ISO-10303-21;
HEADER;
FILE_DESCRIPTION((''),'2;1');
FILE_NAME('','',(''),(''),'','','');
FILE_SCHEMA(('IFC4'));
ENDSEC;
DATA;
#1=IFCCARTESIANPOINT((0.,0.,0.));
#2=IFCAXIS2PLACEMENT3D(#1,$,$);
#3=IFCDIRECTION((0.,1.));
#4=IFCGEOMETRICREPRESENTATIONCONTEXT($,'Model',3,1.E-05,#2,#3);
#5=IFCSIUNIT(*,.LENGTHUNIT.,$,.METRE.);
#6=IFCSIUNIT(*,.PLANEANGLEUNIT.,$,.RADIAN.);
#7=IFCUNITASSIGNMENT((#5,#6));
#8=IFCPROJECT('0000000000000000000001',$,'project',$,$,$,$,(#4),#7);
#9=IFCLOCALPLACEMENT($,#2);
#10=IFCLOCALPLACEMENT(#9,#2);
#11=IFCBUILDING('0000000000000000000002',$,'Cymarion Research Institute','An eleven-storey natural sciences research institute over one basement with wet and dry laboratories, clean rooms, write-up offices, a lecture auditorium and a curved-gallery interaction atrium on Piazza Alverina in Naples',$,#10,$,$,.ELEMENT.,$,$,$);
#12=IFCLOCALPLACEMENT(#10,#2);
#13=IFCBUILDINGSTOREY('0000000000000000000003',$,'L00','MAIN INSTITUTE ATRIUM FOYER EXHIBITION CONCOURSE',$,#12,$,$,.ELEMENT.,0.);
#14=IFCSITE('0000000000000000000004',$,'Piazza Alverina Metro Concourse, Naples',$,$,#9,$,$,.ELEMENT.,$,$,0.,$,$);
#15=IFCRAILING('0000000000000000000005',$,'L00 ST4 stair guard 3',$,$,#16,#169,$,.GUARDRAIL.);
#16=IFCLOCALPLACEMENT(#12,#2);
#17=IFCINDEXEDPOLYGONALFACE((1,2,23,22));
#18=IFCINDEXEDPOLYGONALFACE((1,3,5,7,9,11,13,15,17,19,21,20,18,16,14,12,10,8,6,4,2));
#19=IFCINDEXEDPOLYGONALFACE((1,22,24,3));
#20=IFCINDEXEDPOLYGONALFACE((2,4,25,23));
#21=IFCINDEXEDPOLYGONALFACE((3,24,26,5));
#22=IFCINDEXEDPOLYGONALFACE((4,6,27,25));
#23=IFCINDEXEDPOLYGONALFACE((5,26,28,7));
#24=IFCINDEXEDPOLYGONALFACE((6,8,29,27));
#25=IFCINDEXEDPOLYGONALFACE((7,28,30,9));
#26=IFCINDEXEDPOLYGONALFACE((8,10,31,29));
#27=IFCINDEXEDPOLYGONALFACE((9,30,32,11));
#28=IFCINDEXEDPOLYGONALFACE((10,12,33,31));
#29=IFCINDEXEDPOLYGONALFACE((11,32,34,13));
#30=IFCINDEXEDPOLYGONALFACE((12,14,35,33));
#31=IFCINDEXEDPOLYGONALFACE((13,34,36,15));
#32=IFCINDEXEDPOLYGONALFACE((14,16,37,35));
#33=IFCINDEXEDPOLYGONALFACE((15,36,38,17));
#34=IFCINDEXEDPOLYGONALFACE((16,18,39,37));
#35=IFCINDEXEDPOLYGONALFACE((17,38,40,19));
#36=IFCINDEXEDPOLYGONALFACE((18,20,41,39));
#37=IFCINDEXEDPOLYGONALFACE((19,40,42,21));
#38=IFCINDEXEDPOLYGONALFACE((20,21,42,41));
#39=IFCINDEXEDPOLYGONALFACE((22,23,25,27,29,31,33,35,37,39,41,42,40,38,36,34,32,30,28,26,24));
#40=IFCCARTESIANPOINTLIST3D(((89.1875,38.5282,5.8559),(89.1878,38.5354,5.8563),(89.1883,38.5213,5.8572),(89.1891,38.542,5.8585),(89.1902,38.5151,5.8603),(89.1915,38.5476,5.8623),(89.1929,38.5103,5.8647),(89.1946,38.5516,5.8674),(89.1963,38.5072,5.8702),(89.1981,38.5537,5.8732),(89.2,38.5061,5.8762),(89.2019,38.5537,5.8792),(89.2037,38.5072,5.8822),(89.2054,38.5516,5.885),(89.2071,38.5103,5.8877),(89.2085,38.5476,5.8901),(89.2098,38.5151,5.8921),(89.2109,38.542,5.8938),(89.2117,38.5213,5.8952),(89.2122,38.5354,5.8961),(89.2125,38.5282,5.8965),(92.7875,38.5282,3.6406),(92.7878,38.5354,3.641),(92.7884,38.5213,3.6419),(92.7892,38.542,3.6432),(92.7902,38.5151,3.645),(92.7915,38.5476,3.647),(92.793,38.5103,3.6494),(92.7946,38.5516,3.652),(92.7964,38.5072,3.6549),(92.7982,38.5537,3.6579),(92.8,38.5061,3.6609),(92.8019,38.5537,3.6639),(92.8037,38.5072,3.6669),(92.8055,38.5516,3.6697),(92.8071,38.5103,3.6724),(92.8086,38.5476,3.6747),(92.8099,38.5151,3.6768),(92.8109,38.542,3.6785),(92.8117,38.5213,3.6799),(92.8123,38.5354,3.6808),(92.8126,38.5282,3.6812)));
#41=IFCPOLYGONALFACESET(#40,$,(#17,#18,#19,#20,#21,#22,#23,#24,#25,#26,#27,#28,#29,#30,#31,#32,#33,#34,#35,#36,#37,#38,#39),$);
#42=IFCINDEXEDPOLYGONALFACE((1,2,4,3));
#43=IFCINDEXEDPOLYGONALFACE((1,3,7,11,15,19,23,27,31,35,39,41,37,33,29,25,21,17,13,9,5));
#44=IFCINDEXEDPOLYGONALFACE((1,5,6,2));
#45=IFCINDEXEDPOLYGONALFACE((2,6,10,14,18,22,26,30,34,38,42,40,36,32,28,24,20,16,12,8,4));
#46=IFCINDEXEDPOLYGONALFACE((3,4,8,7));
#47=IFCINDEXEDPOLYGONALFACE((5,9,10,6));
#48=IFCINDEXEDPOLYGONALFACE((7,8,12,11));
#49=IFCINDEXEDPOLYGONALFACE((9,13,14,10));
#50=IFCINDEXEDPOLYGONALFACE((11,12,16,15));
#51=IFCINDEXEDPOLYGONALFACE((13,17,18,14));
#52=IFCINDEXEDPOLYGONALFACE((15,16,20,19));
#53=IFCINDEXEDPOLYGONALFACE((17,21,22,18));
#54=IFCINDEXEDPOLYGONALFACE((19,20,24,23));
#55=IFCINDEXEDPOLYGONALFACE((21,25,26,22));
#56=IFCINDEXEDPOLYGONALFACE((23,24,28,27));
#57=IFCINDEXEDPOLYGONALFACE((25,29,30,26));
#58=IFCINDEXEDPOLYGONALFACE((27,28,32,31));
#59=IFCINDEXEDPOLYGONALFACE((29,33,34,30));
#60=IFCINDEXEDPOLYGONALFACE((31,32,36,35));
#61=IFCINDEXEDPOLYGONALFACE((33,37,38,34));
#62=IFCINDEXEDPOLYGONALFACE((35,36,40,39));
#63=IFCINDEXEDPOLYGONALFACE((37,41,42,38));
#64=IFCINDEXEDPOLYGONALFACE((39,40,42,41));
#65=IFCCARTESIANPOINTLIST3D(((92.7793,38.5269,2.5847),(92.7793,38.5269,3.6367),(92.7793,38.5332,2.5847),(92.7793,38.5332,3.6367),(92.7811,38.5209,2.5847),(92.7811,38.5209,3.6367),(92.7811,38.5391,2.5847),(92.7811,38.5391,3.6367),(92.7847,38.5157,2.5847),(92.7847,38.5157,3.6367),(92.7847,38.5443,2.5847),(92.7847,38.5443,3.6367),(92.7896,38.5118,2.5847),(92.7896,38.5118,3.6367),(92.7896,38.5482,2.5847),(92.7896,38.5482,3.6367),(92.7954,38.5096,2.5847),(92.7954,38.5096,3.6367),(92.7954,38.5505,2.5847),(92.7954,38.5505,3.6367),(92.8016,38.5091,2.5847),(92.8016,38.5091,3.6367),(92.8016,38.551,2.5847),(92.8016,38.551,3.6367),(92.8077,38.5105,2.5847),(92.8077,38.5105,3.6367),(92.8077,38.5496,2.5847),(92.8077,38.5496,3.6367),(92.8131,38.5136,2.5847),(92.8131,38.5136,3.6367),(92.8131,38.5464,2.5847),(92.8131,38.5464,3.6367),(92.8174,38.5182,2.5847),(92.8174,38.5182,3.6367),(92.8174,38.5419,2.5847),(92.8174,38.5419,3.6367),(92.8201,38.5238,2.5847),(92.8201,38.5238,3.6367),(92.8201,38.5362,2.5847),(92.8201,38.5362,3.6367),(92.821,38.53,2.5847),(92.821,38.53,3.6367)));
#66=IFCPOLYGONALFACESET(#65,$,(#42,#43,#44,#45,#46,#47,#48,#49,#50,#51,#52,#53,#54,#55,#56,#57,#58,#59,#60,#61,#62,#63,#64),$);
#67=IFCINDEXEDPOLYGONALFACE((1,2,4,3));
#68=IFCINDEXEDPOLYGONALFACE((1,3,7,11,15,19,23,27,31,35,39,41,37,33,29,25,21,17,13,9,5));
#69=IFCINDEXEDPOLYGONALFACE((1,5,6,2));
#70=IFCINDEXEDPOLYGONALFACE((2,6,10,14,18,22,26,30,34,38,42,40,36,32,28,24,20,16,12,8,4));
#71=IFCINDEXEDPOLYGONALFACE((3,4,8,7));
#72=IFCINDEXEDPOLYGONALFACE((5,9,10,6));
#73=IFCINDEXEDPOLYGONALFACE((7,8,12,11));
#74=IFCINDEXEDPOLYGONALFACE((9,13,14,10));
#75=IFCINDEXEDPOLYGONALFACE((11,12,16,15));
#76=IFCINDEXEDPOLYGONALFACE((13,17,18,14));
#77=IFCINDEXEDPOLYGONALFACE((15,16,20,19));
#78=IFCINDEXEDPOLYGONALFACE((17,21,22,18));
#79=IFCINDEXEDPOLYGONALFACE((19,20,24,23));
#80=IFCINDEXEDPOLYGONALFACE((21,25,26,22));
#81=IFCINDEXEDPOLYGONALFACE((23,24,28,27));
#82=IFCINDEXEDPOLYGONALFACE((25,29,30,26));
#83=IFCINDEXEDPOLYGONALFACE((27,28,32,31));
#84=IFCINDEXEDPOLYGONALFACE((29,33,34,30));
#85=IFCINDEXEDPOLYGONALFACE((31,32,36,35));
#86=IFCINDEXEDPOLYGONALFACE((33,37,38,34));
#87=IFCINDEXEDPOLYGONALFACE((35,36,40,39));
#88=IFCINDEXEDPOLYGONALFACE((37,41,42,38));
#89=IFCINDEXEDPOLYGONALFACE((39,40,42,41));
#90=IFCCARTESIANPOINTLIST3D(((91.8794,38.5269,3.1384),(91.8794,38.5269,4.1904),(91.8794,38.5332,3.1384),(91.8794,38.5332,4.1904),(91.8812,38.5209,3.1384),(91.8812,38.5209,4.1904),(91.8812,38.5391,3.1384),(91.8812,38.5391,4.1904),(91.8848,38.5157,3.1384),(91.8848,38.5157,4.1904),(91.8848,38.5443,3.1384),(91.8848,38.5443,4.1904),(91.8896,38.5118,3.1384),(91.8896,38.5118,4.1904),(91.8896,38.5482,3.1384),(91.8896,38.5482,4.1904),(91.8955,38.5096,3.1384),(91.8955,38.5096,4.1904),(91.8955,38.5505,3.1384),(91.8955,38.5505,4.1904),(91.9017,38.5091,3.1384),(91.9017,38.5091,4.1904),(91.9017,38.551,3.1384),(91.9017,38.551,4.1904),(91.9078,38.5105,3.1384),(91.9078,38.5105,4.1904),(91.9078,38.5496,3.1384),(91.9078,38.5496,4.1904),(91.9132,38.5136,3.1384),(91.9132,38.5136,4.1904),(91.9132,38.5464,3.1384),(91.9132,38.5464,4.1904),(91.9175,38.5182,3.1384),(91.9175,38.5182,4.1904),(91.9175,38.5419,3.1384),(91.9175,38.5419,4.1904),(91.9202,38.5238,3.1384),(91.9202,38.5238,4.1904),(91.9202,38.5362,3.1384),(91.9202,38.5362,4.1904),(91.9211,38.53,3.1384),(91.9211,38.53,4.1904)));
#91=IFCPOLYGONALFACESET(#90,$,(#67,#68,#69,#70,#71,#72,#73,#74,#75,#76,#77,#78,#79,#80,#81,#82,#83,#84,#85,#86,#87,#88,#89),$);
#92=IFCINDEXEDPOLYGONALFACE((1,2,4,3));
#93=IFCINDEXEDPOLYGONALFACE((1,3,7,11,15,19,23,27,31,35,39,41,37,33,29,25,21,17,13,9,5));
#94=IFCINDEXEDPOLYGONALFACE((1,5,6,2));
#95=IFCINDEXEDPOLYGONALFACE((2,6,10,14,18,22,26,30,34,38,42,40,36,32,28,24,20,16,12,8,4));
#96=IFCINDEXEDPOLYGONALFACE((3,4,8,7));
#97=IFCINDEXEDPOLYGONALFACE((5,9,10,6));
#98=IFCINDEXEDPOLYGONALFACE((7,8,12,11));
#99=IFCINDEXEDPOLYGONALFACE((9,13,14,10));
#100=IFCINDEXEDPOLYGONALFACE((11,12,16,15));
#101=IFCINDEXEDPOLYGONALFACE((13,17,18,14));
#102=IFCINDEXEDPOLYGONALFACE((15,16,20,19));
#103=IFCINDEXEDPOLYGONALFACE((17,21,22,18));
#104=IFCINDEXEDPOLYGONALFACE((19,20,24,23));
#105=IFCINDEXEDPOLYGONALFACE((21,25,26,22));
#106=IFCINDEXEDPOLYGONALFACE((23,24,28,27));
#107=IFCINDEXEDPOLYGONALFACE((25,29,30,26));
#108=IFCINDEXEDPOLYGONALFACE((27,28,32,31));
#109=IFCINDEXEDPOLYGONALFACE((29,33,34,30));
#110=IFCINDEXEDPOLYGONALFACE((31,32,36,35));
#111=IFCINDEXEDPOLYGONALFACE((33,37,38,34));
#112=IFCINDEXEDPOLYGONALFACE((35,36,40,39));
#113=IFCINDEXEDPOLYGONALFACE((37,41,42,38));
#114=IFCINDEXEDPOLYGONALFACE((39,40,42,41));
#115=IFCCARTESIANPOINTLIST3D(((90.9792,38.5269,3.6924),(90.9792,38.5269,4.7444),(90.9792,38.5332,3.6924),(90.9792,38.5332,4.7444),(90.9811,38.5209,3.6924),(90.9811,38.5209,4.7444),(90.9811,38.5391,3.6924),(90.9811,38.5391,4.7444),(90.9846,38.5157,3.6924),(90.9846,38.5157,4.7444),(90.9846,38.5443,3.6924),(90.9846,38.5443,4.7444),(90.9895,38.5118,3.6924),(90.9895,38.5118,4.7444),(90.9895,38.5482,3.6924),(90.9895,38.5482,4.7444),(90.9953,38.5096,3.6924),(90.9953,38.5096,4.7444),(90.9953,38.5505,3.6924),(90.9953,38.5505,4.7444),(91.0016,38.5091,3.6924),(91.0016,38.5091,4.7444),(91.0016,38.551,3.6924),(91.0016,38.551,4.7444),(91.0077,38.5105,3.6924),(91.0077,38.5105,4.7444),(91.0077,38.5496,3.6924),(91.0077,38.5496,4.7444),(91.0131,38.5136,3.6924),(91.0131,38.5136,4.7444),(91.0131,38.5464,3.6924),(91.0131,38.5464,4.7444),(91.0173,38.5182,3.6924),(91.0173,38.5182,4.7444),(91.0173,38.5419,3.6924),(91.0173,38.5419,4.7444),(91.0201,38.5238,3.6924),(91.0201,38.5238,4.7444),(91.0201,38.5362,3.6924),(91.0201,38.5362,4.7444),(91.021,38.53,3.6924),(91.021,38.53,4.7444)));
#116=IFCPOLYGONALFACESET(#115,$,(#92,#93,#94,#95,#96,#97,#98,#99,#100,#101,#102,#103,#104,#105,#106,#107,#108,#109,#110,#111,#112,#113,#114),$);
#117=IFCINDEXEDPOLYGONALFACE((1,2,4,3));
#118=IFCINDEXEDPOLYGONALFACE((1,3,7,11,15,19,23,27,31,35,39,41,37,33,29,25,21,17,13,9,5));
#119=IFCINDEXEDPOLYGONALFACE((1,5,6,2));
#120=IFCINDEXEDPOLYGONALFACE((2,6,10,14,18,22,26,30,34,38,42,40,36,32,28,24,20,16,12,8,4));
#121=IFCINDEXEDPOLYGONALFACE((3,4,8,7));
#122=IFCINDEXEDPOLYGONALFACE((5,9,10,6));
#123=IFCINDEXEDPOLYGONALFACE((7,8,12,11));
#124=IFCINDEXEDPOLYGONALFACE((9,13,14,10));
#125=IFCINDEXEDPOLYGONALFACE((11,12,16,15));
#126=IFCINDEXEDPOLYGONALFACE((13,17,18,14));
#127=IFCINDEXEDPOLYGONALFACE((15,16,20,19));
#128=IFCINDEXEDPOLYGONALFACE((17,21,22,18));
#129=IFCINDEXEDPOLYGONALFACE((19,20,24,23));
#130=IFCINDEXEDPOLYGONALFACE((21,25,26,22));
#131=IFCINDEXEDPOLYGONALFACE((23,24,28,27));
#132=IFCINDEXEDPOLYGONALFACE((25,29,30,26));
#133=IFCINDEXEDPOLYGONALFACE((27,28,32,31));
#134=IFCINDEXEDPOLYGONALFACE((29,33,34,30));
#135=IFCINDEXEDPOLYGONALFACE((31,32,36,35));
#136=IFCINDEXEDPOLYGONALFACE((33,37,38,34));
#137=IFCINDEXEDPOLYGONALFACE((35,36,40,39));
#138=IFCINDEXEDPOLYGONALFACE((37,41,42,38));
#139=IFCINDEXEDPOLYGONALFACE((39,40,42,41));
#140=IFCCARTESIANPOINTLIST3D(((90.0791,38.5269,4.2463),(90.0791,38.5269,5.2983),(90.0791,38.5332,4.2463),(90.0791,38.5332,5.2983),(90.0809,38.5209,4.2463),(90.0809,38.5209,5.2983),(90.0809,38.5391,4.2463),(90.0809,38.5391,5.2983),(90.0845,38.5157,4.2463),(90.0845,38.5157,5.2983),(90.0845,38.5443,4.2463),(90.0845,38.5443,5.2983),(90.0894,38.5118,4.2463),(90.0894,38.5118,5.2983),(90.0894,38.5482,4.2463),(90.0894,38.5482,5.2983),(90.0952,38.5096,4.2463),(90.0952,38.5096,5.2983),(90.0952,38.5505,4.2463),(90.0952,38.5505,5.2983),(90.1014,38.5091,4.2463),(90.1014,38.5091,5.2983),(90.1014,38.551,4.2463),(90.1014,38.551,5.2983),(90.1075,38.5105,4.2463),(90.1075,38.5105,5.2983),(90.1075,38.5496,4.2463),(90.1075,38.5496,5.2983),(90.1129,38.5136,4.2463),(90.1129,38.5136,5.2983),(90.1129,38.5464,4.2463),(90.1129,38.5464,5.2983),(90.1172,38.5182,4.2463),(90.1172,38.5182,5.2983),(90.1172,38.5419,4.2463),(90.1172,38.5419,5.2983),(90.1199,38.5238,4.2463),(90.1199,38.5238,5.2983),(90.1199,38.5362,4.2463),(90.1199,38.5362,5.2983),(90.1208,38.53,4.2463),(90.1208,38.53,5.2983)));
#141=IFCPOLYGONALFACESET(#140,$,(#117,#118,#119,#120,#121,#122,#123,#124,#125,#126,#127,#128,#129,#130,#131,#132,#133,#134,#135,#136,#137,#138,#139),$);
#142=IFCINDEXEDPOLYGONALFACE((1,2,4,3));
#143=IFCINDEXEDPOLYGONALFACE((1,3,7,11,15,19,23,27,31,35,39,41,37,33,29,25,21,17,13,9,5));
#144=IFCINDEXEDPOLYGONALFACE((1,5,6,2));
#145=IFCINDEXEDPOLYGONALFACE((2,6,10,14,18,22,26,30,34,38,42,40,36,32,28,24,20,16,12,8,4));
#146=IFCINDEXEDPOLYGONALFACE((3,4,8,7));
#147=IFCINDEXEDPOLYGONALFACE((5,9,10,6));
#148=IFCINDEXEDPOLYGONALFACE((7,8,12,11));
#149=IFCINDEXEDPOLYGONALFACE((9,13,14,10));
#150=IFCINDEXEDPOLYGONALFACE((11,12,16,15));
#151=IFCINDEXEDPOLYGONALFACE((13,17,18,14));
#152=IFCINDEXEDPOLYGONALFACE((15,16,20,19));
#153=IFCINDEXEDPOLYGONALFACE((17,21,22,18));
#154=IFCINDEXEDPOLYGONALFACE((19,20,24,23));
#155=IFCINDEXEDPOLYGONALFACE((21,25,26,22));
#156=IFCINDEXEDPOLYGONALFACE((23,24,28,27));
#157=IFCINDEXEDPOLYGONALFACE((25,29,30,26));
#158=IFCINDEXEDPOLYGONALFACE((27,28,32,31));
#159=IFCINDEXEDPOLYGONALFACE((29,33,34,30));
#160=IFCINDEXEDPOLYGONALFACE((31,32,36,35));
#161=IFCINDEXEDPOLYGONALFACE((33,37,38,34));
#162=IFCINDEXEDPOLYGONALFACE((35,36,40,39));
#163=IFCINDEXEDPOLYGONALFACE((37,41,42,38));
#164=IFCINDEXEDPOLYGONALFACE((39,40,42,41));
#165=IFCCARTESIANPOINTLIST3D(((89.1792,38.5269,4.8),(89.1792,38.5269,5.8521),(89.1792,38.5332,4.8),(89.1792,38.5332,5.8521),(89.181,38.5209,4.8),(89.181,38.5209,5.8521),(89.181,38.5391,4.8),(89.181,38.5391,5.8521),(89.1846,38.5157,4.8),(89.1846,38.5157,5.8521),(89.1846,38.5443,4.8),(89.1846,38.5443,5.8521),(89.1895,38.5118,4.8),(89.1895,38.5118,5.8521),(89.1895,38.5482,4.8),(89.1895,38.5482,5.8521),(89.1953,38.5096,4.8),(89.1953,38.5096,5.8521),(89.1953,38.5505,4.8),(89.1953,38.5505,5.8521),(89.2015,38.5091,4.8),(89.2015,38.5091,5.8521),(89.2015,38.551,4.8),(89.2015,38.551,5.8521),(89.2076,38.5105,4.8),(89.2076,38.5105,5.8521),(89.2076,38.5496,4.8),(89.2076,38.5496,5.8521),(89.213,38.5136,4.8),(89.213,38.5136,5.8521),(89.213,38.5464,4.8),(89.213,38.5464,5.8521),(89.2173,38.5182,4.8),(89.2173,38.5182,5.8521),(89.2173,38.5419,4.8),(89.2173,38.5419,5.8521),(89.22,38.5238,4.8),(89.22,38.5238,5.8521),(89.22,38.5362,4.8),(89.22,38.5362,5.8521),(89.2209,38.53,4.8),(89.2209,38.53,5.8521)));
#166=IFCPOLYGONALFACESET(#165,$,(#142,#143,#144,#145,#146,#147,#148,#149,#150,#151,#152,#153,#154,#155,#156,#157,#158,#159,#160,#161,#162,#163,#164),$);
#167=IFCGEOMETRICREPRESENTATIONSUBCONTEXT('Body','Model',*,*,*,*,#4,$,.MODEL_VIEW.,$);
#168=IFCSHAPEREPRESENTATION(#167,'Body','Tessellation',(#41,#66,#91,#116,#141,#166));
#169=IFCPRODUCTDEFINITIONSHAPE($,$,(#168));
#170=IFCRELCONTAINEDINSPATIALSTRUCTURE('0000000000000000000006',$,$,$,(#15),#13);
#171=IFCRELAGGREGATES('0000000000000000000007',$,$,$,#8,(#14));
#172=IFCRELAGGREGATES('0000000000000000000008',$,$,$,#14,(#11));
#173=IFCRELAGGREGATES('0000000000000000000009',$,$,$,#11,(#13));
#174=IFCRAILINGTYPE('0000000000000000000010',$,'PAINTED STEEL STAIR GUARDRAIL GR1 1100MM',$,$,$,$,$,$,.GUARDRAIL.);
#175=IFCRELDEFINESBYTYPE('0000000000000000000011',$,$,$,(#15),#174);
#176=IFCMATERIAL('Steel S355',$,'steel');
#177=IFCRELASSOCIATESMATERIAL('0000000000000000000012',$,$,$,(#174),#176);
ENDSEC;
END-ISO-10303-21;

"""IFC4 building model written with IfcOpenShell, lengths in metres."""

from ifc_helpers import new_model, si_unit, direction, frame, origin, origin_2d, place, context, subcontext, project, spatial, circle, extrude, material, type_object, element, save


model = new_model("IFC4")

# Units and contexts
model_context = context("Model", 3, precision=1e-05, world=origin(), true_north=direction((0.0, 1.0)))
body_context = subcontext(model_context, "Body", "Model", "MODEL_VIEW")
ifc_project = project(units=[si_unit("LENGTHUNIT", "METRE"), si_unit("PLANEANGLEUNIT", "RADIAN")], contexts=[model_context])

# Site, building, storey
site_placement = place(None, origin())
site = spatial("IfcSite", under=ifc_project, at=site_placement, Name="Piazza Alverina Metro Concourse, Naples", CompositionType="ELEMENT", RefElevation=0.0)
building_placement = place(site_placement, origin())
building = spatial("IfcBuilding", under=site, at=building_placement, Name="Cymarion Research Institute", Description="An eleven-storey natural sciences research institute over one basement with wet and dry laboratories, clean rooms, write-up offices, a lecture auditorium and a curved-gallery interaction atrium on Piazza Alverina in Naples", CompositionType="ELEMENT")
storey_placement = place(building_placement, origin())
storey = spatial("IfcBuildingStorey", under=building, at=storey_placement, Name="L00", Description="MAIN INSTITUTE ATRIUM FOYER EXHIBITION CONCOURSE", CompositionType="ELEMENT", Elevation=0.0)

# Shared definitions
ifc_material_1 = material(Name="Steel S355", Category="steel")

# Railing
railing_type_1 = type_object("IfcRailingType", Name="PAINTED STEEL STAIR GUARDRAIL GR1 1100MM", PredefinedType="GUARDRAIL", material=ifc_material_1)
railing_1_placement = place(storey_placement, frame((92.8, 38.53, 2.5847)))
element("IfcRailing", 1, at=railing_1_placement, inside=storey, type_object=railing_type_1, Name="L00 ST4 stair guard 3", PredefinedType="GUARDRAIL", context=body_context, shape_type="SweptSolid", body=[
    extrude(circle(Radius=0.0239, at=origin_2d()), frame((0.0, 0.0, 1.0762), z_axis=(-0.85167, 0.0, 0.524078), x_axis=(0.0, -1.0, 0.0)), (0.0, 0.0, 1.0), 4.2271),
    extrude(circle(Radius=0.021, at=origin_2d()), origin(), (0.0, 0.0, 1.0), 1.052),
    extrude(circle(Radius=0.021, at=origin_2d()), frame((-0.8999, 0.0, 0.5537)), (0.0, 0.0, 1.0), 1.052),
    extrude(circle(Radius=0.021, at=origin_2d()), frame((-1.8, 0.0, 1.1077)), (0.0, 0.0, 1.0), 1.052),
    extrude(circle(Radius=0.021, at=origin_2d()), frame((-2.7002, 0.0, 1.6616)), (0.0, 0.0, 1.0), 1.052),
    extrude(circle(Radius=0.021, at=origin_2d()), frame((-3.6001, 0.0, 2.2153)), (0.0, 0.0, 1.0), 1.052),
])

save(model, "model.ifc")
